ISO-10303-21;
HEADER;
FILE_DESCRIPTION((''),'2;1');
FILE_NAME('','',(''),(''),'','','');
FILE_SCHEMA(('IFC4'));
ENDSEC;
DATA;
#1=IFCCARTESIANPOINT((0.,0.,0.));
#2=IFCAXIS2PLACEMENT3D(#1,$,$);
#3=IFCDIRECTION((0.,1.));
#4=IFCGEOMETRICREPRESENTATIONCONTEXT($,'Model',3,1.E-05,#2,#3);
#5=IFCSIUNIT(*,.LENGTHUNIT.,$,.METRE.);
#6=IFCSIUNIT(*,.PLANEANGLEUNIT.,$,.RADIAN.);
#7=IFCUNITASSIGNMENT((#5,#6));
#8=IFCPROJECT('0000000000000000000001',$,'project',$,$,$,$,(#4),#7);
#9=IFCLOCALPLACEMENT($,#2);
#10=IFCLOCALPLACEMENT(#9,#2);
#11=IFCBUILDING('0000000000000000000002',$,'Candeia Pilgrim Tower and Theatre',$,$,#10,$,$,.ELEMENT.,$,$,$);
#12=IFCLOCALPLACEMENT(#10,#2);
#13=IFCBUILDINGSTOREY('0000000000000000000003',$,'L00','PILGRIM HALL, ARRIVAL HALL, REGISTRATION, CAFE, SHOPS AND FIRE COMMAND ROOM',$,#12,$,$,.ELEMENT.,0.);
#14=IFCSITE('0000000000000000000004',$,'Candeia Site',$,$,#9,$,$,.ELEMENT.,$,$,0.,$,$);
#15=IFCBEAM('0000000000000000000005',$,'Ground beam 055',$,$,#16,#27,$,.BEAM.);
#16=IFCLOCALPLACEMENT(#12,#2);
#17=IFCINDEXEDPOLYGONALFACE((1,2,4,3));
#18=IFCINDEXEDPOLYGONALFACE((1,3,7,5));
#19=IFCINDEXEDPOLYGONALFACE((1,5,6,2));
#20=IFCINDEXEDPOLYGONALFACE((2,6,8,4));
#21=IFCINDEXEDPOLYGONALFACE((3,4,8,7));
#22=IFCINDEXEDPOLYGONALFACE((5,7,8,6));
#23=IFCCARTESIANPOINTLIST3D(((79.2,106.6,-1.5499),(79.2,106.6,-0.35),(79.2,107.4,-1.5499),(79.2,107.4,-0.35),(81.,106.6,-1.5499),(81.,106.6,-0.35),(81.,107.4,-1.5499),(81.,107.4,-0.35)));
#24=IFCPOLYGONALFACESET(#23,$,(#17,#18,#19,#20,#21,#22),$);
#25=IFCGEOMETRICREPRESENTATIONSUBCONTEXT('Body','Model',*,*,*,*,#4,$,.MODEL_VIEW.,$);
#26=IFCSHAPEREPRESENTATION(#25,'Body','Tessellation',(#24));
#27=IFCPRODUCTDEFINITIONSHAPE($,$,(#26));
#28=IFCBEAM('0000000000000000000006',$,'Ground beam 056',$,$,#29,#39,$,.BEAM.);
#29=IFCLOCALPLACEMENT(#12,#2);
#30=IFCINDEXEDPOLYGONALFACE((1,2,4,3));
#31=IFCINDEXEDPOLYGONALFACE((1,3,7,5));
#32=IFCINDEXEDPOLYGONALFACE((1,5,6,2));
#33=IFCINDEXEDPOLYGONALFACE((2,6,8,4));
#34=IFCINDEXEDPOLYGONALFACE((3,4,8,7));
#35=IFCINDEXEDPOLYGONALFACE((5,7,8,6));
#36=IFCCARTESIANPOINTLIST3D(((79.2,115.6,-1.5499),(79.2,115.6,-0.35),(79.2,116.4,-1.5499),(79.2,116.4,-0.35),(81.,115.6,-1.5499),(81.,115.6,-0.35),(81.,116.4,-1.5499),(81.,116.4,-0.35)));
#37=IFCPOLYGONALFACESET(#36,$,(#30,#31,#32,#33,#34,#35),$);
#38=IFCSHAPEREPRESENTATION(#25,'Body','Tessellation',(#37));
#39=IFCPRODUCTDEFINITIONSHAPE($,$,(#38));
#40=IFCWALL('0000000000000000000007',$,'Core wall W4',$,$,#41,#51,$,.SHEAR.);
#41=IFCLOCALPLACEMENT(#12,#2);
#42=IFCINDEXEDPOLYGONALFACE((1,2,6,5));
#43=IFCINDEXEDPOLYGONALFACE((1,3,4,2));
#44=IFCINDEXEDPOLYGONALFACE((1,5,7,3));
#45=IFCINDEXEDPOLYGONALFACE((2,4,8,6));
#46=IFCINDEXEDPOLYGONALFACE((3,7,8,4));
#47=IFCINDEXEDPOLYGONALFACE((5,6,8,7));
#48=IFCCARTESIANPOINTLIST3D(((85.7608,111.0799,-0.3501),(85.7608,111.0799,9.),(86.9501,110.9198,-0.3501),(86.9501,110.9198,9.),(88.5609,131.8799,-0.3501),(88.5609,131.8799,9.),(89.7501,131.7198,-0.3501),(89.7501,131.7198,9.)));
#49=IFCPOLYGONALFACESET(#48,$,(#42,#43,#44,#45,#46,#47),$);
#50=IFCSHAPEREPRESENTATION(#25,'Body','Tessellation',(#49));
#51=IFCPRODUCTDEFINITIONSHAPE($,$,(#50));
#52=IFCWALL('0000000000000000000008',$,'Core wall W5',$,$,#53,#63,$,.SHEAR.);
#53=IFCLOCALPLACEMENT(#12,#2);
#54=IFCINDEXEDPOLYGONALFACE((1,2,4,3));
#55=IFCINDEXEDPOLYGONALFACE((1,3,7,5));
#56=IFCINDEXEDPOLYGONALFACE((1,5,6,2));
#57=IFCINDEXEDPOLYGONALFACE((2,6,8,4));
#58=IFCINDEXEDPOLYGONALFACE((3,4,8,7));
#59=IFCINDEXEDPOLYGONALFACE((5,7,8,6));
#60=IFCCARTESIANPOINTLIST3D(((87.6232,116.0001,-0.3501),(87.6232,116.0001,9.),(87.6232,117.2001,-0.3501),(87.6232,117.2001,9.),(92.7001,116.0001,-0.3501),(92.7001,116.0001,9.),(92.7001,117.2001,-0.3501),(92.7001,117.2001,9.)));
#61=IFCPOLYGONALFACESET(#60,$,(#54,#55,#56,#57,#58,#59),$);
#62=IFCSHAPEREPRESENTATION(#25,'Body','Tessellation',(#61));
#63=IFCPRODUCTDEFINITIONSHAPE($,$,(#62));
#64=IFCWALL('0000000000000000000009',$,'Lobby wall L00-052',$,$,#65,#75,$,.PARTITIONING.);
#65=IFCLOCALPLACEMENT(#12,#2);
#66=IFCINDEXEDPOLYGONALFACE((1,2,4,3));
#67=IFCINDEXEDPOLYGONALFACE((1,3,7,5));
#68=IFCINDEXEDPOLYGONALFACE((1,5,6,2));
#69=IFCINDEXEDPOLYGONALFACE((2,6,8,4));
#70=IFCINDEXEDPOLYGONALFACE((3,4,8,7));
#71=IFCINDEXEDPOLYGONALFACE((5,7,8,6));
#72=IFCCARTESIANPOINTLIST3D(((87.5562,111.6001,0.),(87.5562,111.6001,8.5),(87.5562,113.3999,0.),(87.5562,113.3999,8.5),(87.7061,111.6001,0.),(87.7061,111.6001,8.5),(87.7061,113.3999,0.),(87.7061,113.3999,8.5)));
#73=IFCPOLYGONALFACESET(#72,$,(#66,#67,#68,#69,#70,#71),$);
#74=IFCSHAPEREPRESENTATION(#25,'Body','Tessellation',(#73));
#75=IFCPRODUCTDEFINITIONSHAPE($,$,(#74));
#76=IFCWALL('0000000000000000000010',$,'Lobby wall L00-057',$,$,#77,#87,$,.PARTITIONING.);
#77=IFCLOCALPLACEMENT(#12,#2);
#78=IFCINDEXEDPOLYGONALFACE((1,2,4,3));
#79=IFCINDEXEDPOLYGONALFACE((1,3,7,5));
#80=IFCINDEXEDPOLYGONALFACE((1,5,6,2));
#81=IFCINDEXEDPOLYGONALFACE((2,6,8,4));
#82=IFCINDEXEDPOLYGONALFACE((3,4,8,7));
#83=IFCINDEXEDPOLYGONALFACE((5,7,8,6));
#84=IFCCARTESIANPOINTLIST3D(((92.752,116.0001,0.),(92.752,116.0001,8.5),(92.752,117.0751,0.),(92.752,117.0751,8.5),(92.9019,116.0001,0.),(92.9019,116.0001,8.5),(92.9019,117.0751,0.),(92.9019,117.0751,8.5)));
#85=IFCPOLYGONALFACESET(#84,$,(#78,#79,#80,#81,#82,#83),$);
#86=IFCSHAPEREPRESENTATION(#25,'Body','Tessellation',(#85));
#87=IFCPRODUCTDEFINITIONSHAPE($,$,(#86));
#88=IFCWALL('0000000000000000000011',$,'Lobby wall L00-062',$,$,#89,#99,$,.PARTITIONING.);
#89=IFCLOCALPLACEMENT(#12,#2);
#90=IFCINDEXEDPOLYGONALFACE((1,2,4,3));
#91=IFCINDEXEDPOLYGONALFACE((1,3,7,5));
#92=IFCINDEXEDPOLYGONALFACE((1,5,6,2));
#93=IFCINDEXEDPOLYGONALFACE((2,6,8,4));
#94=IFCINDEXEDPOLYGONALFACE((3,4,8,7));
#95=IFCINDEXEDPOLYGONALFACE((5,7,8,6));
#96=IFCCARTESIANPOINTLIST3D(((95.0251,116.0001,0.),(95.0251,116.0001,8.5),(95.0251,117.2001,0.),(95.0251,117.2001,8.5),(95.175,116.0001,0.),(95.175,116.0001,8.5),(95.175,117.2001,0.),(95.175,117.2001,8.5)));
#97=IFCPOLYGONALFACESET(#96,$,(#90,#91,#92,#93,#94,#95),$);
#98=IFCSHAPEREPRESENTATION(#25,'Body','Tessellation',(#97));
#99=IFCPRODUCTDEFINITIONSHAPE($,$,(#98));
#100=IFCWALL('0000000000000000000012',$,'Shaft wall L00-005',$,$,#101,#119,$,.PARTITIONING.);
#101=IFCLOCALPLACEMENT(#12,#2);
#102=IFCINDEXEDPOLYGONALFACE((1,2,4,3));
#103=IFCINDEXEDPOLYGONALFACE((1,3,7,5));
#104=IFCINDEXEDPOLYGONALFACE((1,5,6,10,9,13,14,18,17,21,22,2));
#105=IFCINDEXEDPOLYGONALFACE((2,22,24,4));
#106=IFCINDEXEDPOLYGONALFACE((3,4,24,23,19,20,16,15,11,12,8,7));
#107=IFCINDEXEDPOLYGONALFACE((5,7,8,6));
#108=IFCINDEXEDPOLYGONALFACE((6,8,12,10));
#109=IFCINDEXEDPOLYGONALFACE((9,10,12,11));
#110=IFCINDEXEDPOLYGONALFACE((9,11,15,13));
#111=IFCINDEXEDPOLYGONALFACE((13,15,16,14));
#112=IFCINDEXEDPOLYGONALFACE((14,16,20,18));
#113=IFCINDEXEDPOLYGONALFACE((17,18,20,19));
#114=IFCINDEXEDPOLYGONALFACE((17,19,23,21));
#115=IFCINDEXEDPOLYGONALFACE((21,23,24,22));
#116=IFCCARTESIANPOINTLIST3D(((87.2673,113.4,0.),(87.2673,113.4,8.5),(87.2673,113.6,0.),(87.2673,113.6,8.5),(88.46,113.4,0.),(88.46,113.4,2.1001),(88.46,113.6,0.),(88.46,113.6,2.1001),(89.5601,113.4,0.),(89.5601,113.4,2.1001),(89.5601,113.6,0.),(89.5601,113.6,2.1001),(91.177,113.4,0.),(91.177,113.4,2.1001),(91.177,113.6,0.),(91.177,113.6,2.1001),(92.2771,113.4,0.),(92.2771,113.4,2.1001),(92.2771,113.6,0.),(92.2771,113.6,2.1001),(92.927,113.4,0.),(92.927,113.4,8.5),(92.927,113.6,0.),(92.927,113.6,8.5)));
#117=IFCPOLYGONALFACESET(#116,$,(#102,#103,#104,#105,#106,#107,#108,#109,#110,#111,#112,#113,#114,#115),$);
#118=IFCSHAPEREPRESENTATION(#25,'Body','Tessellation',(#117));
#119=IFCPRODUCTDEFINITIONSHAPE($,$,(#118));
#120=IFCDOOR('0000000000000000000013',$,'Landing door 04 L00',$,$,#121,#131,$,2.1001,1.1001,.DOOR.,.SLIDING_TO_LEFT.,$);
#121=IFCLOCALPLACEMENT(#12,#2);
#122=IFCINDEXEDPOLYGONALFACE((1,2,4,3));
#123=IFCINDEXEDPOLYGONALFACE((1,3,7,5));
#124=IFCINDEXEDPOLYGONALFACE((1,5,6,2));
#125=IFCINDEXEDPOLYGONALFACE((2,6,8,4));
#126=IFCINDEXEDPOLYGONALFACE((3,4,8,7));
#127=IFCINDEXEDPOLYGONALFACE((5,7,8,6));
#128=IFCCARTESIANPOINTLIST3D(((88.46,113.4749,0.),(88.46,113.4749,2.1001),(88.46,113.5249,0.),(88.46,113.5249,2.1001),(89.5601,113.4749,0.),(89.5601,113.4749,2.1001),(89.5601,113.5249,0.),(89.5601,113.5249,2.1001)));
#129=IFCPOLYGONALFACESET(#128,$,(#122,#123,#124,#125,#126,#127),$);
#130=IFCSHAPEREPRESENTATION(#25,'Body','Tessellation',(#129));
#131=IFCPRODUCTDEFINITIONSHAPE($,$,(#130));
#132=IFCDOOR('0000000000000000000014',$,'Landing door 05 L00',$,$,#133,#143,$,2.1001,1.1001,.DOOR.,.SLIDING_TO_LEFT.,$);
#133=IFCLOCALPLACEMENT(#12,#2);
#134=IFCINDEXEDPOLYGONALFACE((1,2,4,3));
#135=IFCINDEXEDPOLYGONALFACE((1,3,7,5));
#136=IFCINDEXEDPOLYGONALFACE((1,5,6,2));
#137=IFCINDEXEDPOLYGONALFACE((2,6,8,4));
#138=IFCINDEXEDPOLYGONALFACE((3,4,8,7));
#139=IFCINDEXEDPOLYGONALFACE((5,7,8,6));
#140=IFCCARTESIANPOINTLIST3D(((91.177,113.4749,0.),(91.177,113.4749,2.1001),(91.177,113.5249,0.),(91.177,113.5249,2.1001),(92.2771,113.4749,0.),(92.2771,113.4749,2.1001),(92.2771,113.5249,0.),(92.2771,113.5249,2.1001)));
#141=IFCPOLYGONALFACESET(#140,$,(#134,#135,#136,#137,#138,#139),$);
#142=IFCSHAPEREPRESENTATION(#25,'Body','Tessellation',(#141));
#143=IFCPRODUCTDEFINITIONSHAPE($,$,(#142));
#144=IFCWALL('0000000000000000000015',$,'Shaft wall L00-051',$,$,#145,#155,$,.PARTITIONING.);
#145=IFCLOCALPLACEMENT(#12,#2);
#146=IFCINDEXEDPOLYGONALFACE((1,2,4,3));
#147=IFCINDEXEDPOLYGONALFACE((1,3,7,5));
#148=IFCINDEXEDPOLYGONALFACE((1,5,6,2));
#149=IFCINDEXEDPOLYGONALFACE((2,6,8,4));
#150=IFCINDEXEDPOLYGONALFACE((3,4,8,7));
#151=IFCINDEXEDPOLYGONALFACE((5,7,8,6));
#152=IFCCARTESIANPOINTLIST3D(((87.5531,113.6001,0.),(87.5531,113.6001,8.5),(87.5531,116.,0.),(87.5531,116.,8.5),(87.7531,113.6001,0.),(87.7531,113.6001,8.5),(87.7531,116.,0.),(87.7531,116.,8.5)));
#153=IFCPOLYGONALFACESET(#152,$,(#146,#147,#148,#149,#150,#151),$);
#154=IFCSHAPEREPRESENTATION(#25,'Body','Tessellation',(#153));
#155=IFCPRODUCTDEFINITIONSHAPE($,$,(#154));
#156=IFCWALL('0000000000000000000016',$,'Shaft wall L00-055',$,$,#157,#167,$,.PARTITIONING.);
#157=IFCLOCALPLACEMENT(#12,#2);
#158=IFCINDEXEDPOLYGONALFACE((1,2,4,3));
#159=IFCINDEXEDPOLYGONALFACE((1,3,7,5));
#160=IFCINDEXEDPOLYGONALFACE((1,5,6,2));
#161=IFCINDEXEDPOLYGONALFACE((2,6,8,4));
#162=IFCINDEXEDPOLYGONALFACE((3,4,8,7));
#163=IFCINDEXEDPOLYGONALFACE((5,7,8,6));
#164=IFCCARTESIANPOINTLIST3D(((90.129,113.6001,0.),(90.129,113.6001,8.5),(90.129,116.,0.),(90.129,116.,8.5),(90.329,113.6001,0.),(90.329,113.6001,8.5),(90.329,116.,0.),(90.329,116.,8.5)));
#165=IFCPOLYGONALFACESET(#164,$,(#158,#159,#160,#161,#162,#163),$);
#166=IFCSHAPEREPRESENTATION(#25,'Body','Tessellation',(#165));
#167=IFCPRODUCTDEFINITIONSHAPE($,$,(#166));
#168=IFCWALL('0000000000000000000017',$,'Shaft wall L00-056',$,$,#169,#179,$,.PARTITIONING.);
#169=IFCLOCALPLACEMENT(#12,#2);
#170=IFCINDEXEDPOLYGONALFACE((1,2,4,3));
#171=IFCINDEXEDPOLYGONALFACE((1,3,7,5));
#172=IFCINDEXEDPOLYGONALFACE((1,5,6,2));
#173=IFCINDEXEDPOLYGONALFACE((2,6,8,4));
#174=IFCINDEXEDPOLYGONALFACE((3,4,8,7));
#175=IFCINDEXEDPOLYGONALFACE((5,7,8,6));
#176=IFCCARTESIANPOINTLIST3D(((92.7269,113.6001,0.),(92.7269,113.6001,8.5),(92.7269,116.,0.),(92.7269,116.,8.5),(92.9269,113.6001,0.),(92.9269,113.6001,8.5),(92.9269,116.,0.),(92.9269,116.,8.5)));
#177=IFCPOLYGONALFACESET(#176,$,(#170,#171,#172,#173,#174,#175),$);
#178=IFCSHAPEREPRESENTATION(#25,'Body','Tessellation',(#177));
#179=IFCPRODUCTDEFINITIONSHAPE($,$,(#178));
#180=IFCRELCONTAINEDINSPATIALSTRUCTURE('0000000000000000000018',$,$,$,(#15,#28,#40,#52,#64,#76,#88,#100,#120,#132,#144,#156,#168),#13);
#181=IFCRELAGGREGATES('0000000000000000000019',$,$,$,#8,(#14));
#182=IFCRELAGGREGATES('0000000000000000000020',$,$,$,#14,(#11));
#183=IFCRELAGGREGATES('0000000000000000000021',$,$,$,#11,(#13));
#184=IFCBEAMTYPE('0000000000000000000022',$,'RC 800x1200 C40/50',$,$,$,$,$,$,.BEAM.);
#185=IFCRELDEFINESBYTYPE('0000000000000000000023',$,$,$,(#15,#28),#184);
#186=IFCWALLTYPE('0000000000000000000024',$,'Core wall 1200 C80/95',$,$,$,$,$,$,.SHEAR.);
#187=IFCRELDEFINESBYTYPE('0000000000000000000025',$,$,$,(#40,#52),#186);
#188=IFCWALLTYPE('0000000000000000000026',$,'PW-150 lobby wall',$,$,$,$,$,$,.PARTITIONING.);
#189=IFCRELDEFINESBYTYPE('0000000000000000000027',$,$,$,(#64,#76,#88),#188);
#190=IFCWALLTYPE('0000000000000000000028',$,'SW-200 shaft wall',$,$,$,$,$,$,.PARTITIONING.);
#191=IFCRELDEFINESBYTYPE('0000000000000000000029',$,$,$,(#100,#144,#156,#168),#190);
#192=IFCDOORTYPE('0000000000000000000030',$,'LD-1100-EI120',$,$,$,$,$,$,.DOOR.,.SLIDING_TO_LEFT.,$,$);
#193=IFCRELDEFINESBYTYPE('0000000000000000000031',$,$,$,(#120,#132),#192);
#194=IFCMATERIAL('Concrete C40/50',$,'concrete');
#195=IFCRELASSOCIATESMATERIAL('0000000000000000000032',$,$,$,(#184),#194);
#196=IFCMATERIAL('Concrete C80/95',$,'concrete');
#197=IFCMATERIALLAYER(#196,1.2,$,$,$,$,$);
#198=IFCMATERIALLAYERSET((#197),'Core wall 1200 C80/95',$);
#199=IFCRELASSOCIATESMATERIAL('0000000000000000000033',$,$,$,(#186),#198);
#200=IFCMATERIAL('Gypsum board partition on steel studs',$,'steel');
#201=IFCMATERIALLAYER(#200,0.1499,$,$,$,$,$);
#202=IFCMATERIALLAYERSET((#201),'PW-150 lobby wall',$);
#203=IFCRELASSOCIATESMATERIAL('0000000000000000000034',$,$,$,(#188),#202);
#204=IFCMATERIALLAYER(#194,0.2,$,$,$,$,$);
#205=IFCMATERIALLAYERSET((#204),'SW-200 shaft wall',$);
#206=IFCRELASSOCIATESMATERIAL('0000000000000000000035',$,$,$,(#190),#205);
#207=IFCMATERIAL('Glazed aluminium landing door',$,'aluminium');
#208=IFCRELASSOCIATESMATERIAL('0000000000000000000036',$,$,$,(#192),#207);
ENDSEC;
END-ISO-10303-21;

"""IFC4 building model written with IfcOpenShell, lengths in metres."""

from ifc_helpers import new_model, si_unit, direction, frame, frame_2d, origin, origin_2d, place, context, subcontext, project, spatial, rectangle, extrude, material, layer, layer_set, material_profile, profile_set, type_object, element, fill, save


model = new_model("IFC4")

# Units and contexts
model_context = context("Model", 3, precision=1e-05, world=origin(), true_north=direction((0.0, 1.0)))
body_context = subcontext(model_context, "Body", "Model", "MODEL_VIEW")
ifc_project = project(units=[si_unit("LENGTHUNIT", "METRE"), si_unit("PLANEANGLEUNIT", "RADIAN")], contexts=[model_context])

# Site, building, storey
site_placement = place(None, origin())
site = spatial("IfcSite", under=ifc_project, at=site_placement, Name="Candeia Site", CompositionType="ELEMENT", RefElevation=0.0)
building_placement = place(site_placement, origin())
building = spatial("IfcBuilding", under=site, at=building_placement, Name="Candeia Pilgrim Tower and Theatre", CompositionType="ELEMENT")
storey_placement = place(building_placement, origin())
storey = spatial("IfcBuildingStorey", under=building, at=storey_placement, Name="L00", Description="PILGRIM HALL, ARRIVAL HALL, REGISTRATION, CAFE, SHOPS AND FIRE COMMAND ROOM", CompositionType="ELEMENT", Elevation=0.0)

# Shared definitions
ifc_material_1 = material(Name="Concrete C40/50", Category="concrete")

# Shared definitions
ifc_material_2 = material(Name="Concrete C80/95", Category="concrete")

# Beams
ifc_material_profile_1 = material_profile(ifc_material_1, rectangle(XDim=0.8, YDim=1.2, at=origin_2d()))
ifc_profile_set_1 = profile_set([ifc_material_profile_1], Name="Concrete C40/50")
beam_type = type_object("IfcBeamType", Name="RC 800x1200 C40/50", PredefinedType="BEAM", material=ifc_profile_set_1)
for number, where, z_axis, x_axis, name in (
    (1, (79.2, 107.0, -0.95), (1.0, 0.0, 0.0), (0.0, 1.0, 0.0), "Ground beam 055"),
    (2, (79.2, 116.0, -0.95), (1.0, 0.0, 0.0), (0.0, 1.0, 0.0), "Ground beam 056"),
):
    element("IfcBeam", number, at=place(storey_placement, frame(where, z_axis=z_axis, x_axis=x_axis)), inside=storey, type_object=beam_type, Name=name, PredefinedType="BEAM", context=body_context, shape_type="SweptSolid", body=[
        extrude(rectangle(XDim=0.8, YDim=1.2, at=origin_2d()), origin(), (0.0, 0.0, 1.0), 1.8),
    ])

# Walls
ifc_layer_1 = layer(ifc_material_2, 1.2)
ifc_layer_set_1 = layer_set([ifc_layer_1], Name="Core wall 1200 C80/95")
wall_type_1 = type_object("IfcWallType", Name="Core wall 1200 C80/95", PredefinedType="SHEAR", material=ifc_layer_set_1)
wall_1_placement = place(storey_placement, frame((86.3555, 111.0, -0.3501), z_axis=(0.0, 0.0, 1.0), x_axis=(0.133414, 0.99106, 0.0)))
element("IfcWall", 3, at=wall_1_placement, inside=storey, type_object=wall_type_1, Name="Core wall W4", PredefinedType="SHEAR", context=body_context, shape_type="SweptSolid", body=[
    extrude(rectangle(XDim=20.9875, YDim=1.2, at=frame_2d((10.4937, 0.0))), origin(), (0.0, 0.0, 1.0), 9.3501),
])
wall_2_placement = place(storey_placement, frame((87.623, 116.6001, -0.3501), z_axis=(0.0, 0.0, 1.0), x_axis=(1.0, 0.0, 0.0)))
element("IfcWall", 4, at=wall_2_placement, inside=storey, type_object=wall_type_1, Name="Core wall W5", PredefinedType="SHEAR", context=body_context, shape_type="SweptSolid", body=[
    extrude(rectangle(XDim=5.0769, YDim=1.2, at=frame_2d((2.5386, 0.0))), origin(), (0.0, 0.0, 1.0), 9.3501),
])
ifc_material_3 = material(Name="Gypsum board partition on steel studs", Category="steel")
ifc_layer_2 = layer(ifc_material_3, 0.1499)
ifc_layer_set_2 = layer_set([ifc_layer_2], Name="PW-150 lobby wall")
wall_type_2 = type_object("IfcWallType", Name="PW-150 lobby wall", PredefinedType="PARTITIONING", material=ifc_layer_set_2)
wall_3_placement = place(storey_placement, frame((87.6311, 111.6001, 0.0), z_axis=(0.0, 0.0, 1.0), x_axis=(0.0, 1.0, 0.0)))
element("IfcWall", 5, at=wall_3_placement, inside=storey, type_object=wall_type_2, Name="Lobby wall L00-052", PredefinedType="PARTITIONING", context=body_context, shape_type="SweptSolid", body=[
    extrude(rectangle(XDim=1.7998, YDim=0.1499, at=frame_2d((0.8999, 0.0))), origin(), (0.0, 0.0, 1.0), 8.5),
])
wall_4_placement = place(storey_placement, frame((92.8269, 116.0, 0.0), z_axis=(0.0, 0.0, 1.0), x_axis=(0.0, 1.0, 0.0)))
element("IfcWall", 6, at=wall_4_placement, inside=storey, type_object=wall_type_2, Name="Lobby wall L00-057", PredefinedType="PARTITIONING", context=body_context, shape_type="SweptSolid", body=[
    extrude(rectangle(XDim=1.075, YDim=0.1499, at=frame_2d((0.5376, 0.0))), origin(), (0.0, 0.0, 1.0), 8.5),
])
wall_5_placement = place(storey_placement, frame((95.1001, 116.0, 0.0), z_axis=(0.0, 0.0, 1.0), x_axis=(0.0, 1.0, 0.0)))
element("IfcWall", 7, at=wall_5_placement, inside=storey, type_object=wall_type_2, Name="Lobby wall L00-062", PredefinedType="PARTITIONING", context=body_context, shape_type="SweptSolid", body=[
    extrude(rectangle(XDim=1.2, YDim=0.1499, at=frame_2d((0.6001, 0.0))), origin(), (0.0, 0.0, 1.0), 8.5),
])

# Wall, openings, doors
ifc_layer_3 = layer(ifc_material_1, 0.2)
ifc_layer_set_3 = layer_set([ifc_layer_3], Name="SW-200 shaft wall")
wall_type_3 = type_object("IfcWallType", Name="SW-200 shaft wall", PredefinedType="PARTITIONING", material=ifc_layer_set_3)
wall_6_placement = place(storey_placement, frame((87.2673, 113.5, 0.0), z_axis=(0.0, 0.0, 1.0), x_axis=(1.0, 0.0, 0.0)))
wall_6 = element("IfcWall", 8, at=wall_6_placement, inside=storey, type_object=wall_type_3, Name="Shaft wall L00-005", PredefinedType="PARTITIONING", context=body_context, shape_type="SweptSolid", body=[
    extrude(rectangle(XDim=5.6597, YDim=0.2, at=frame_2d((2.8298, 0.0))), origin(), (0.0, 0.0, 1.0), 8.5),
])
opening_1_placement = place(wall_6_placement, frame((1.1926, 0.0, 0.0)))
opening_1 = element("IfcOpeningElement", 9, at=opening_1_placement, cuts=wall_6, PredefinedType="OPENING", context=body_context, shape_type="SweptSolid", body=[
    extrude(rectangle(XDim=1.1001, YDim=2.1001, at=frame_2d((0.55, 1.05))), frame((0.0, 0.1099, 0.0), z_axis=(0.0, -1.0, 0.0), x_axis=(1.0, 0.0, 0.0)), (0.0, 0.0, 1.0), 0.22),
])
opening_2_placement = place(wall_6_placement, frame((3.9097, 0.0, 0.0)))
opening_2 = element("IfcOpeningElement", 10, at=opening_2_placement, cuts=wall_6, PredefinedType="OPENING", context=body_context, shape_type="SweptSolid", body=[
    extrude(rectangle(XDim=1.1001, YDim=2.1001, at=frame_2d((0.55, 1.05))), frame((0.0, 0.1099, 0.0), z_axis=(0.0, -1.0, 0.0), x_axis=(1.0, 0.0, 0.0)), (0.0, 0.0, 1.0), 0.22),
])
ifc_material_4 = material(Name="Glazed aluminium landing door", Category="aluminium")
door_type = type_object("IfcDoorType", Name="LD-1100-EI120", OperationType="SLIDING_TO_LEFT", PredefinedType="DOOR", material=ifc_material_4)
door_1_placement = place(opening_1_placement, origin())
door_1 = element("IfcDoor", 11, at=door_1_placement, inside=storey, type_object=door_type, Name="Landing door 04 L00", OperationType="SLIDING_TO_LEFT", OverallHeight=2.1001, OverallWidth=1.1001, PredefinedType="DOOR", context=body_context, shape_type="SweptSolid", body=[
    extrude(rectangle(XDim=1.1001, YDim=2.1001, at=frame_2d((0.55, 1.05))), frame((0.0, 0.0249, 0.0), z_axis=(0.0, -1.0, 0.0), x_axis=(1.0, 0.0, 0.0)), (0.0, 0.0, 1.0), 0.05),
])
fill(opening_1, door_1)
door_2_placement = place(opening_2_placement, origin())
door_2 = element("IfcDoor", 12, at=door_2_placement, inside=storey, type_object=door_type, Name="Landing door 05 L00", OperationType="SLIDING_TO_LEFT", OverallHeight=2.1001, OverallWidth=1.1001, PredefinedType="DOOR", context=body_context, shape_type="SweptSolid", body=[
    extrude(rectangle(XDim=1.1001, YDim=2.1001, at=frame_2d((0.55, 1.05))), frame((0.0, 0.0249, 0.0), z_axis=(0.0, -1.0, 0.0), x_axis=(1.0, 0.0, 0.0)), (0.0, 0.0, 1.0), 0.05),
])
fill(opening_2, door_2)

# Walls
for number, where, z_axis, x_axis, name in (
    (13, (87.6531, 113.6001, 0.0), (0.0, 0.0, 1.0), (0.0, 1.0, 0.0), "Shaft wall L00-051"),
    (14, (90.229, 113.6001, 0.0), (0.0, 0.0, 1.0), (0.0, 1.0, 0.0), "Shaft wall L00-055"),
    (15, (92.8269, 113.6001, 0.0), (0.0, 0.0, 1.0), (0.0, 1.0, 0.0), "Shaft wall L00-056"),
):
    element("IfcWall", number, at=place(storey_placement, frame(where, z_axis=z_axis, x_axis=x_axis)), inside=storey, type_object=wall_type_3, Name=name, PredefinedType="PARTITIONING", context=body_context, shape_type="SweptSolid", body=[
        extrude(rectangle(XDim=2.3999, YDim=0.2, at=frame_2d((1.2, 0.0))), origin(), (0.0, 0.0, 1.0), 8.5),
    ])

save(model, "model.ifc")
